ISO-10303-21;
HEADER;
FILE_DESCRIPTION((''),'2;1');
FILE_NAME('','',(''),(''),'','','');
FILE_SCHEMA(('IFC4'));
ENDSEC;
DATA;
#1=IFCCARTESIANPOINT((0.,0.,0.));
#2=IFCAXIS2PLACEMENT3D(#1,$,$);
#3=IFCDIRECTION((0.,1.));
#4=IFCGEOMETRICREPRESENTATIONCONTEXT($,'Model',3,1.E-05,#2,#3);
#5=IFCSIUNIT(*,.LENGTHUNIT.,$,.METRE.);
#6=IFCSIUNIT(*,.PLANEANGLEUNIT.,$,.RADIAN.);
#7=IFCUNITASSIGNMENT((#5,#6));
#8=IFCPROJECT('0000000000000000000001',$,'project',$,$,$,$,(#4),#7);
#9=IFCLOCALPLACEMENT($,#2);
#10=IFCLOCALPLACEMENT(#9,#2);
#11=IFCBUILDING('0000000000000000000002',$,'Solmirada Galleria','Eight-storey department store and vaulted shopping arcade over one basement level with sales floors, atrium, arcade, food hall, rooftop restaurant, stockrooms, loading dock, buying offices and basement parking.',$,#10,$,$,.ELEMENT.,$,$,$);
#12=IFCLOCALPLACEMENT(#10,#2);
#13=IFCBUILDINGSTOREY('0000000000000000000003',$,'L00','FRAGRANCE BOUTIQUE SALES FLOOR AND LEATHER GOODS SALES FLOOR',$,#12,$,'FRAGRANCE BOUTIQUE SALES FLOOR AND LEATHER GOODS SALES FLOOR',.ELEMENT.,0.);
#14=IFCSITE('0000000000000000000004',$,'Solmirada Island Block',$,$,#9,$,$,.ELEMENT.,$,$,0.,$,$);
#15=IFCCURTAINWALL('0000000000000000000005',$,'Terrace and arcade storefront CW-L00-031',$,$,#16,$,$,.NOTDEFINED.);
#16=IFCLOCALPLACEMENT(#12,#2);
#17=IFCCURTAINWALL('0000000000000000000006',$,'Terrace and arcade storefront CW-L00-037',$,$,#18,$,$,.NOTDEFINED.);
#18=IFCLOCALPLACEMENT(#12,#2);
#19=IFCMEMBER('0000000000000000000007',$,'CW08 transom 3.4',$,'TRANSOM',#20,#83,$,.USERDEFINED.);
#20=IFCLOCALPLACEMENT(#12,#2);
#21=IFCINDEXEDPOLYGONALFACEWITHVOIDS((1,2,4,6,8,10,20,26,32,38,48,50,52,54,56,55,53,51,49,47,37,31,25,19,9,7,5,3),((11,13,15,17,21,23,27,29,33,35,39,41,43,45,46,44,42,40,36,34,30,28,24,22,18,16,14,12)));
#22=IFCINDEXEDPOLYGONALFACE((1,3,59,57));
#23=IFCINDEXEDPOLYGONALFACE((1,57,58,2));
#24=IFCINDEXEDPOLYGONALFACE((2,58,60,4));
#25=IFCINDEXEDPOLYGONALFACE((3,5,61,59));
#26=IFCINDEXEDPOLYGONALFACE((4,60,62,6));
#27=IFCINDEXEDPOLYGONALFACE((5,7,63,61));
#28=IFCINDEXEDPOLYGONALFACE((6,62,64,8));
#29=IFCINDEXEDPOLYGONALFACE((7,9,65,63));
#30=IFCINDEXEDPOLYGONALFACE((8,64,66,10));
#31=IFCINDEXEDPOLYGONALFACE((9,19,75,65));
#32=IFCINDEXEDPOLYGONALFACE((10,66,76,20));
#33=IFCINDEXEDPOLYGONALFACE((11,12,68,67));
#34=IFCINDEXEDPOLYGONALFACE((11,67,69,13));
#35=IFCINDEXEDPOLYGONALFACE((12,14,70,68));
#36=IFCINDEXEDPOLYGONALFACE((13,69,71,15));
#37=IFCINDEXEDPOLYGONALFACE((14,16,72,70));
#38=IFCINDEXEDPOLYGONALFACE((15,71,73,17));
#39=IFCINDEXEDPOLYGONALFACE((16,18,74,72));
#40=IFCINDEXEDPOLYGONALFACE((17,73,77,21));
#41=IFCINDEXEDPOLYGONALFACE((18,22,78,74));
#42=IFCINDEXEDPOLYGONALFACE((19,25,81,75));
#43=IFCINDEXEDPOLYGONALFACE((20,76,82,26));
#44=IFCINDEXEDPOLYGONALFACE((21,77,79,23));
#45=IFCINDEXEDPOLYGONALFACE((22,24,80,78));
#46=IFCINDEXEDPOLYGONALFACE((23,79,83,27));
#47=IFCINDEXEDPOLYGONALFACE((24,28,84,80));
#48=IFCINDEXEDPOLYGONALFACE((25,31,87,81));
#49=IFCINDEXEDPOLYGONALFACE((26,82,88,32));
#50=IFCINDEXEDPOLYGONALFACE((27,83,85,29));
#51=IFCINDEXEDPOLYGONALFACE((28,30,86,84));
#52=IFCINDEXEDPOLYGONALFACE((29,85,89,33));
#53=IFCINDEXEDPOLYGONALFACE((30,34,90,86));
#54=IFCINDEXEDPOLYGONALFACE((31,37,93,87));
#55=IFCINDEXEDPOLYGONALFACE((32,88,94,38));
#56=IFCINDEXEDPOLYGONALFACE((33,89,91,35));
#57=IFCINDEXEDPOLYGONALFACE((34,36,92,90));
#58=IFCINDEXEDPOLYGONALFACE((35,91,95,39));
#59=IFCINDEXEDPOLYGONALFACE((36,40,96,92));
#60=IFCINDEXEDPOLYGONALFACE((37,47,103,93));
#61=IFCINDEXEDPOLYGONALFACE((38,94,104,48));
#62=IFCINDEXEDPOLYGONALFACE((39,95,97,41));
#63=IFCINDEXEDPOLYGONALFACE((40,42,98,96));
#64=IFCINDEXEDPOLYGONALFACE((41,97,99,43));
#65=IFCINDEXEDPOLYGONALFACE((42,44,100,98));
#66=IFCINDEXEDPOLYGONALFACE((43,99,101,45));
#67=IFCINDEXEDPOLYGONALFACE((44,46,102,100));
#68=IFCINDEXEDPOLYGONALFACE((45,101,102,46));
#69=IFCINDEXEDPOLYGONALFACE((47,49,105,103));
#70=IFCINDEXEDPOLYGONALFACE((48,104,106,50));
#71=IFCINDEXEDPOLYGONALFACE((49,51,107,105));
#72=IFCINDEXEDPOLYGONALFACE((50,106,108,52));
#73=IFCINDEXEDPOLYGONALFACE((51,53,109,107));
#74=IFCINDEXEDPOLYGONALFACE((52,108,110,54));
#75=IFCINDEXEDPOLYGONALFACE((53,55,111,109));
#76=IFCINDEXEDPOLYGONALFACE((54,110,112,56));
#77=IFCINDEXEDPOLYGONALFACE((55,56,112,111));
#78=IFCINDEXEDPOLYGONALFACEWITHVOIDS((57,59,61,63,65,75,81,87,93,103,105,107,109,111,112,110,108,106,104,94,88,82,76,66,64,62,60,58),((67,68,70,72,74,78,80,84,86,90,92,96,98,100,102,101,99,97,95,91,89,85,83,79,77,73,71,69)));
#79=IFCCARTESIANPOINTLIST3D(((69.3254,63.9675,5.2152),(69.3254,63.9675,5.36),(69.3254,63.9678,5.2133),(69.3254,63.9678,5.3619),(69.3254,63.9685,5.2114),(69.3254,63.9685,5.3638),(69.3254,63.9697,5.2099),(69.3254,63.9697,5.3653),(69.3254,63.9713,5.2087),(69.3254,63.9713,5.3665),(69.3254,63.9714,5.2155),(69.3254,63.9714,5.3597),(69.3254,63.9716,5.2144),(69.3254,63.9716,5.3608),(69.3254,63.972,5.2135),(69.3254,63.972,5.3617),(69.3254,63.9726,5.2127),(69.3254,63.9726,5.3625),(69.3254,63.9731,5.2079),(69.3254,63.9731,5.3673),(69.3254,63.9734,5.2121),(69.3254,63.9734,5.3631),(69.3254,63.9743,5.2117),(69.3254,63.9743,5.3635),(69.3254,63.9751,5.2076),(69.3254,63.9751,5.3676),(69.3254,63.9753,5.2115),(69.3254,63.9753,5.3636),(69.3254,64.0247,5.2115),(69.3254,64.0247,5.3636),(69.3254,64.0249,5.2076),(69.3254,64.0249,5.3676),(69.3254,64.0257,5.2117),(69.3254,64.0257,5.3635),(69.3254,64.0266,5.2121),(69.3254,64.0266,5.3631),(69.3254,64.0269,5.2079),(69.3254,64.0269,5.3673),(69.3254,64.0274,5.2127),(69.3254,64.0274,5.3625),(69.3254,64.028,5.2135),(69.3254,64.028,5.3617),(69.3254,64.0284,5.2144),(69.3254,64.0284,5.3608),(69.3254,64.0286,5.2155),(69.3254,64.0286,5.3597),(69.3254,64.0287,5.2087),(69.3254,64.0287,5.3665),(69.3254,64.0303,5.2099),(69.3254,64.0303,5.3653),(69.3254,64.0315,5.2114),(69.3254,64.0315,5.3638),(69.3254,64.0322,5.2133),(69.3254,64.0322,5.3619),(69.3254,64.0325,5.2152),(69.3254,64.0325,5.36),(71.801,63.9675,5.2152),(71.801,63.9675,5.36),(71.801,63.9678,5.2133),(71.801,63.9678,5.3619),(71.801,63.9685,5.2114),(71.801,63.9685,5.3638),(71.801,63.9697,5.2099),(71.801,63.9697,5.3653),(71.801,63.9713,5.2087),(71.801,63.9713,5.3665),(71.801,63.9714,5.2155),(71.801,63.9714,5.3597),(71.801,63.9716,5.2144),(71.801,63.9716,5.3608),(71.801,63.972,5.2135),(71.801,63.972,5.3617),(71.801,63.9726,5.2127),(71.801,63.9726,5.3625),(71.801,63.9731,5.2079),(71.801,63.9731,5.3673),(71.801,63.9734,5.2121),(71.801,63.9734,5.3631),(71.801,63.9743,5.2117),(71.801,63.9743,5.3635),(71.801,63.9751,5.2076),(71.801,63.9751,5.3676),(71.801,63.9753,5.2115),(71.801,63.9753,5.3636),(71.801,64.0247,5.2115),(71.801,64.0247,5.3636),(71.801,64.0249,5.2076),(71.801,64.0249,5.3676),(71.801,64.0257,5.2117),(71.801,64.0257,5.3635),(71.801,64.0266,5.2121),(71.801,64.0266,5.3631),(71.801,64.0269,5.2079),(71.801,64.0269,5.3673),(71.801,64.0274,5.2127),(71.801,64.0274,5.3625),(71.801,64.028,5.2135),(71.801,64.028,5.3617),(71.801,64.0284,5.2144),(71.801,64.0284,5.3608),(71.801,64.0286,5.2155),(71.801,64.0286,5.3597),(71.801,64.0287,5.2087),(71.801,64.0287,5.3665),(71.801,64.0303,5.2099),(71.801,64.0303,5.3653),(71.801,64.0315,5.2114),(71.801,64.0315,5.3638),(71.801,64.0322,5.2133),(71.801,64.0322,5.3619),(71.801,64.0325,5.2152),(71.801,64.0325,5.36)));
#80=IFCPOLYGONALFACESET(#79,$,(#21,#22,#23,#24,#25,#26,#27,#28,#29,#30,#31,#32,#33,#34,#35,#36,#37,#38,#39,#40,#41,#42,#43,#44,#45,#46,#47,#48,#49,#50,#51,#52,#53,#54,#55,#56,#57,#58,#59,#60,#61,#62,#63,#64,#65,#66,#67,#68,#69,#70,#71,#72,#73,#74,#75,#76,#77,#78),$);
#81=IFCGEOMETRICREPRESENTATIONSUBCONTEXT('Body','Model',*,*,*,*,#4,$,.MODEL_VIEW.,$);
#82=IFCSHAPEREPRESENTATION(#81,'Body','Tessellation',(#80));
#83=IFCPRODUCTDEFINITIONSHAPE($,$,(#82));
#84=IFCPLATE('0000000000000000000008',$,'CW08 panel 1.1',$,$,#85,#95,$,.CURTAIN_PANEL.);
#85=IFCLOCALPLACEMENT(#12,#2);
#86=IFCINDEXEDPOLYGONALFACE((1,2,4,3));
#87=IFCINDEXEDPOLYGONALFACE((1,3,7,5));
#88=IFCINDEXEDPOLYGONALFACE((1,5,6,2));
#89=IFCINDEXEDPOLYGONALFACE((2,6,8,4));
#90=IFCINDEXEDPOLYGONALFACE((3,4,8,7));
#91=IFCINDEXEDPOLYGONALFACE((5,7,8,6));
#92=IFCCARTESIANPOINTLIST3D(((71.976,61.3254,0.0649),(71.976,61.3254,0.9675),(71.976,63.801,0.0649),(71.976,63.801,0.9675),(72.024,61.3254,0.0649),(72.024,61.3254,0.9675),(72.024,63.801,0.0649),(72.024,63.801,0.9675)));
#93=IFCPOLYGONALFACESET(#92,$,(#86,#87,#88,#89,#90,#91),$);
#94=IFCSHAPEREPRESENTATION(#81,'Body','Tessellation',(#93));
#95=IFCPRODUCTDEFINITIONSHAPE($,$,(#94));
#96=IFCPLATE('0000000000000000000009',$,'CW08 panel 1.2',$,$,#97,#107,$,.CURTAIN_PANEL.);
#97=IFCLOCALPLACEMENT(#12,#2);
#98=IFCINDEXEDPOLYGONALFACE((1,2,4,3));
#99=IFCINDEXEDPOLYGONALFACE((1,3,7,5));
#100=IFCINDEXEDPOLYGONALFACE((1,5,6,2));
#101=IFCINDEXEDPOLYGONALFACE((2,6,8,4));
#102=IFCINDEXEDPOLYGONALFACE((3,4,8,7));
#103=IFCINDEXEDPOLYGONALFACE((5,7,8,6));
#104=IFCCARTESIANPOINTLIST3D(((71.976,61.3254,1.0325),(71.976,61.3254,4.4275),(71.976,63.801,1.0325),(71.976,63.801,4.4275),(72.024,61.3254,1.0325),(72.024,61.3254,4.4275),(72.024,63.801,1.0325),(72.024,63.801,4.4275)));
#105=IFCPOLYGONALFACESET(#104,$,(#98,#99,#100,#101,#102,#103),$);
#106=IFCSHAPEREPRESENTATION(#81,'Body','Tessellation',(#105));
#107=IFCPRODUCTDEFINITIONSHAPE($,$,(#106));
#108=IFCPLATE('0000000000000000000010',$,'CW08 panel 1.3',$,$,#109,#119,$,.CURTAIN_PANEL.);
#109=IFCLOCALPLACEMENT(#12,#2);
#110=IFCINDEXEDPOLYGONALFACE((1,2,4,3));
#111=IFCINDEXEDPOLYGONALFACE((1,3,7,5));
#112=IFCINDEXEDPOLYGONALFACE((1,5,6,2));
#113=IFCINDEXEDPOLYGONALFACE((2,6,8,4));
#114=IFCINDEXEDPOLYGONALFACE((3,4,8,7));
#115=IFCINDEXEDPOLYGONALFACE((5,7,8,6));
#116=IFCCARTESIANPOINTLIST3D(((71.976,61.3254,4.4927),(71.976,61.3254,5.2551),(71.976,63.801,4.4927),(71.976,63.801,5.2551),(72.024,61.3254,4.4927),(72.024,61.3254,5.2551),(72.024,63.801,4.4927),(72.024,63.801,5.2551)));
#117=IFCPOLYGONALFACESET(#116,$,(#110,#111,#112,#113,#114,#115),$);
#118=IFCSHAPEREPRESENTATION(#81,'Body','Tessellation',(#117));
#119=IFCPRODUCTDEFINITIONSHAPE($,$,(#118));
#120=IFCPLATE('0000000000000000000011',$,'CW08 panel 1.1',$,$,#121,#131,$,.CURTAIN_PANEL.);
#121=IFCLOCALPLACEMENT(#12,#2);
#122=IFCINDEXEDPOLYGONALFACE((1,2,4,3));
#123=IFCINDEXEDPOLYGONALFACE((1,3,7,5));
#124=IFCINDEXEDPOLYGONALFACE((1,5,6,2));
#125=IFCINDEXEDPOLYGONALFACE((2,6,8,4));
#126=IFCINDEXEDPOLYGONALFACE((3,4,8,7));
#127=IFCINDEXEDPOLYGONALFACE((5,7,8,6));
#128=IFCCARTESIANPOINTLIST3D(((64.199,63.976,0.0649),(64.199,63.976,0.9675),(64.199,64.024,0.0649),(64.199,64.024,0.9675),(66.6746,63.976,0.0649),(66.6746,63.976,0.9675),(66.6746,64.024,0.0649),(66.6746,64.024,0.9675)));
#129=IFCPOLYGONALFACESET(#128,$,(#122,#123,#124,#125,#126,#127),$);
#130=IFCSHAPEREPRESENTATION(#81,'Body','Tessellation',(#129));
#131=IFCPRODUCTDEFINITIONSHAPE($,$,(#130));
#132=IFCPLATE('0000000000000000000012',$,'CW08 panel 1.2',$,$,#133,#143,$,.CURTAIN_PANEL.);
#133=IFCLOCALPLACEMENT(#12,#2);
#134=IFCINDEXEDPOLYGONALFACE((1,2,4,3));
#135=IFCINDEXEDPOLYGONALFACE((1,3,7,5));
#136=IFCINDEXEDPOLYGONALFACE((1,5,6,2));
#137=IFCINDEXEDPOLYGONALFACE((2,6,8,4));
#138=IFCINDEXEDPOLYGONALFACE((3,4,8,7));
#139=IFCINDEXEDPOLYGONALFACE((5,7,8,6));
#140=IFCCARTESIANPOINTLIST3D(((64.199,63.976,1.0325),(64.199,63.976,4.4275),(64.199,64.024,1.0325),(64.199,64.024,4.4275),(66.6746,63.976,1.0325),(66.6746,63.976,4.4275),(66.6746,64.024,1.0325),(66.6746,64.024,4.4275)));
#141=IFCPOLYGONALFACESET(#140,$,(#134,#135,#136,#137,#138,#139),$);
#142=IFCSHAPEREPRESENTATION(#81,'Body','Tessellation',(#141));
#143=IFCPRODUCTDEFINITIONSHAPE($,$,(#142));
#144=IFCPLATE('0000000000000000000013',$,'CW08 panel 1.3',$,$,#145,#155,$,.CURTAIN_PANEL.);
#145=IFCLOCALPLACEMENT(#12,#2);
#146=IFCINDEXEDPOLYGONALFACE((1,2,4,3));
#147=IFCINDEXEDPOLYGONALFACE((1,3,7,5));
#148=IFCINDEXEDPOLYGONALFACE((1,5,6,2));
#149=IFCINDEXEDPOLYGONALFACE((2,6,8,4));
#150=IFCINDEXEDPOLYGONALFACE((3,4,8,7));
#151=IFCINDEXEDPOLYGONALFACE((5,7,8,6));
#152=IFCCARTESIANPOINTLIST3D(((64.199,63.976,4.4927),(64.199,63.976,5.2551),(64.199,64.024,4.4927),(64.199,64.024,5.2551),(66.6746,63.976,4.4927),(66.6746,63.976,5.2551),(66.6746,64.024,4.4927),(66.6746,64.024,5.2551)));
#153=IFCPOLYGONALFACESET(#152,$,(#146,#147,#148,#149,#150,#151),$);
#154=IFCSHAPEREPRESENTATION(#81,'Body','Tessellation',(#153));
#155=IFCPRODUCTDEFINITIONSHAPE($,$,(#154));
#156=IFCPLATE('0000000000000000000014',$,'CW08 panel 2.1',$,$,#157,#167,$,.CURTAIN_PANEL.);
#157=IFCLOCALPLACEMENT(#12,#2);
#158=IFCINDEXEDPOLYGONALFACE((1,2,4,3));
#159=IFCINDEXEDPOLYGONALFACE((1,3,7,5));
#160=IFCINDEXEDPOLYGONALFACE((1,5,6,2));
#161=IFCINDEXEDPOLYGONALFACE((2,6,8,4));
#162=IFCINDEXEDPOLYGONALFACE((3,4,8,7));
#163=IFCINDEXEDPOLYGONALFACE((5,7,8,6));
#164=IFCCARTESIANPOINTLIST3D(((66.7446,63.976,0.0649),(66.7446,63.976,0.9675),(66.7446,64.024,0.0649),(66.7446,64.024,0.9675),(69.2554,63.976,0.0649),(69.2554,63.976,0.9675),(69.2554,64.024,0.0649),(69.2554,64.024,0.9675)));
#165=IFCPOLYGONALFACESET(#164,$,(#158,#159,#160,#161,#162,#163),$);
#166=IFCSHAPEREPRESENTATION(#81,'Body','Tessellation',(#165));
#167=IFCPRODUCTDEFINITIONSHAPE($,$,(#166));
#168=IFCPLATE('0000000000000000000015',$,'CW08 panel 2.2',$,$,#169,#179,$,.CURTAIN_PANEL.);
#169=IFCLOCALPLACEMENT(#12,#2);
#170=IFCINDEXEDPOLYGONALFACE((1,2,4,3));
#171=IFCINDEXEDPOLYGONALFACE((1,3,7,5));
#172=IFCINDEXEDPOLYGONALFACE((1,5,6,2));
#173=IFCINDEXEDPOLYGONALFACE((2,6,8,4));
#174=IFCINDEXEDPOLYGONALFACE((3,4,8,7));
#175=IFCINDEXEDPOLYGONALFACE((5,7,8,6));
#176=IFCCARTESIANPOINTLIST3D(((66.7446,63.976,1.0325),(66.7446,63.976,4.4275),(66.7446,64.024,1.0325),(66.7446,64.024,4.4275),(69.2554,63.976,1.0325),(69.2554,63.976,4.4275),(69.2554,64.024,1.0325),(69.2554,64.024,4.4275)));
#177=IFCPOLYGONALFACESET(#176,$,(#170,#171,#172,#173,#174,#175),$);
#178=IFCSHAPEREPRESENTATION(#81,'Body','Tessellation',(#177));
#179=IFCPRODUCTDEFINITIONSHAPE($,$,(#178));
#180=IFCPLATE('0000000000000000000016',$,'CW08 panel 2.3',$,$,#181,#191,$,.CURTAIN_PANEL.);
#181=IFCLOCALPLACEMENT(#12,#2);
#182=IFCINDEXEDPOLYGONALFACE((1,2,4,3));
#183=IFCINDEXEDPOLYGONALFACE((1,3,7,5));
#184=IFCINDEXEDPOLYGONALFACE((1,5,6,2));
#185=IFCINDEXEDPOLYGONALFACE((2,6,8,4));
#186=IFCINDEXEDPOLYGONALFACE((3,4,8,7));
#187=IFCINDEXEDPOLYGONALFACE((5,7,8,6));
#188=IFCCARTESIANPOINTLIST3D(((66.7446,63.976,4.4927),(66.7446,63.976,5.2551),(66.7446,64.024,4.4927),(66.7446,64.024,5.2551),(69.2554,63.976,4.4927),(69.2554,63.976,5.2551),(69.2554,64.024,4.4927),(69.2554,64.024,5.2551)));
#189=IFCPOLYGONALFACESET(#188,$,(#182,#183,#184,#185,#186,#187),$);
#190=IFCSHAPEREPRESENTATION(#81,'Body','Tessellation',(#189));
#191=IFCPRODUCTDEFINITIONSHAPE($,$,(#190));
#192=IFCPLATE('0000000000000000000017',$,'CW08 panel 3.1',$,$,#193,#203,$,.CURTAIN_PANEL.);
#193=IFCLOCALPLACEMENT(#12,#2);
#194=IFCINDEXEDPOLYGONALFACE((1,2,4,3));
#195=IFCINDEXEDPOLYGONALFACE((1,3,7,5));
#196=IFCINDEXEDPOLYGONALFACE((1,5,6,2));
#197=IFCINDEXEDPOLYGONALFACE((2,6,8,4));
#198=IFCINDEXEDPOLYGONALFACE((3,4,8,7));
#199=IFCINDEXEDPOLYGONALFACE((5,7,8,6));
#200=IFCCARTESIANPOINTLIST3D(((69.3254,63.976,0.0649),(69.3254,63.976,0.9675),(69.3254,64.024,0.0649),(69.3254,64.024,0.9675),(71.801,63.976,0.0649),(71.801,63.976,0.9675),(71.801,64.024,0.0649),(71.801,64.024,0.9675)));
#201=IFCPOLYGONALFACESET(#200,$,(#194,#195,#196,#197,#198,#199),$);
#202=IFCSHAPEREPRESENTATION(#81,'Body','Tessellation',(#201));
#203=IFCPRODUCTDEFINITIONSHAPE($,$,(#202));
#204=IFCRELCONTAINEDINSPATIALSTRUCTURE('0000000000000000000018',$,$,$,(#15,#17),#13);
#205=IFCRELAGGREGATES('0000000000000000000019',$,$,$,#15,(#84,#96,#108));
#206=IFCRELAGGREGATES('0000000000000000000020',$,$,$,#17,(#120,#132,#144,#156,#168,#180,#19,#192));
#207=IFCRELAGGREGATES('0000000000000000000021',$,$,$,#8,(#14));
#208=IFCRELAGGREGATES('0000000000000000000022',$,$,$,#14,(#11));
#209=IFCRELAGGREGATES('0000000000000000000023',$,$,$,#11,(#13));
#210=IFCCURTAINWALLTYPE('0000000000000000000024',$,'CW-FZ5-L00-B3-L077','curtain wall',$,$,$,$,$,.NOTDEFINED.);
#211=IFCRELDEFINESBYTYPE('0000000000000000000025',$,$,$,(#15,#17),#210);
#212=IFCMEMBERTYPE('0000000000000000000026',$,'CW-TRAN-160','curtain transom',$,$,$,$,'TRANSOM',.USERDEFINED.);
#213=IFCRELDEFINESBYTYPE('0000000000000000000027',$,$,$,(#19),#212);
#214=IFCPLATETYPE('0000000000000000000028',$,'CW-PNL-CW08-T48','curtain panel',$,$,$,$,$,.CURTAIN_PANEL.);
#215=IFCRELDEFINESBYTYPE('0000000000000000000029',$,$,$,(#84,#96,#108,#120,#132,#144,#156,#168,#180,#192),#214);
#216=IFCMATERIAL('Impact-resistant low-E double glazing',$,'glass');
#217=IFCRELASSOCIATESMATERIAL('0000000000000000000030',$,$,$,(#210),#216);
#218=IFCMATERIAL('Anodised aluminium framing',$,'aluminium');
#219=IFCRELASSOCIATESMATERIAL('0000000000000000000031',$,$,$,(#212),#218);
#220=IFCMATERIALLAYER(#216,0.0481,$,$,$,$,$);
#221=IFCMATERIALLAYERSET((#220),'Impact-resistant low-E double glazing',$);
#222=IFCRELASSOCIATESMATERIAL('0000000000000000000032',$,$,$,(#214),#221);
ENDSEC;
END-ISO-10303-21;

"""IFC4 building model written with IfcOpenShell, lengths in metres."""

from ifc_helpers import new_model, si_unit, direction, frame, origin, origin_2d, place, context, subcontext, project, spatial, rectangle, hollow_rectangle, extrude, material, layer, layer_set, material_profile, profile_set, type_object, element, aggregate, save


model = new_model("IFC4")

# Units and contexts
model_context = context("Model", 3, precision=1e-05, world=origin(), true_north=direction((0.0, 1.0)))
body_context = subcontext(model_context, "Body", "Model", "MODEL_VIEW")
ifc_project = project(units=[si_unit("LENGTHUNIT", "METRE"), si_unit("PLANEANGLEUNIT", "RADIAN")], contexts=[model_context])

# Site, building, storey
site_placement = place(None, origin())
site = spatial("IfcSite", under=ifc_project, at=site_placement, Name="Solmirada Island Block", CompositionType="ELEMENT", RefElevation=0.0)
building_placement = place(site_placement, origin())
building = spatial("IfcBuilding", under=site, at=building_placement, Name="Solmirada Galleria", Description="Eight-storey department store and vaulted shopping arcade over one basement level with sales floors, atrium, arcade, food hall, rooftop restaurant, stockrooms, loading dock, buying offices and basement parking.", CompositionType="ELEMENT")
storey_placement = place(building_placement, origin())
storey = spatial("IfcBuildingStorey", under=building, at=storey_placement, Name="L00", Description="FRAGRANCE BOUTIQUE SALES FLOOR AND LEATHER GOODS SALES FLOOR", LongName="FRAGRANCE BOUTIQUE SALES FLOOR AND LEATHER GOODS SALES FLOOR", CompositionType="ELEMENT", Elevation=0.0)

# Curtain walls
ifc_material_1 = material(Name="Impact-resistant low-E double glazing", Category="glass")
curtain_wall_type = type_object("IfcCurtainWallType", Name="CW-FZ5-L00-B3-L077", Description="curtain wall", PredefinedType="NOTDEFINED", material=ifc_material_1)
curtain_wall_1_placement = place(storey_placement, origin())
curtain_wall_1 = element("IfcCurtainWall", 1, at=curtain_wall_1_placement, inside=storey, type_object=curtain_wall_type, Name="Terrace and arcade storefront CW-L00-031", PredefinedType="NOTDEFINED")
ifc_material_2 = material(Name="Anodised aluminium framing", Category="aluminium")
curtain_wall_2_placement = place(storey_placement, origin())
curtain_wall_2 = element("IfcCurtainWall", 2, at=curtain_wall_2_placement, inside=storey, type_object=curtain_wall_type, Name="Terrace and arcade storefront CW-L00-037", PredefinedType="NOTDEFINED")

# Member
ifc_material_profile_1 = material_profile(ifc_material_2, hollow_rectangle(XDim=0.0649, YDim=0.1599, WallThickness=0.0039, InnerFilletRadius=0.0039, OuterFilletRadius=0.0076, at=origin_2d()), Name="ALU-TRAN-160X65")
ifc_profile_set_1 = profile_set([ifc_material_profile_1], Name="Anodised aluminium framing")
member_type_1 = type_object("IfcMemberType", Name="CW-TRAN-160", Description="curtain transom", ElementType="TRANSOM", PredefinedType="USERDEFINED", material=ifc_profile_set_1)
member_1_placement = place(storey_placement, frame((69.3254, 64.0, 5.2876), z_axis=(1.0, 0.0, 0.0), x_axis=(0.0, 1.0, 0.0)))
member_1 = element("IfcMember", 3, at=member_1_placement, type_object=member_type_1, Name="CW08 transom 3.4", ObjectType="TRANSOM", PredefinedType="USERDEFINED", context=body_context, shape_type="SweptSolid", body=[
    extrude(hollow_rectangle(XDim=0.0649, YDim=0.1599, WallThickness=0.0039, InnerFilletRadius=0.0039, OuterFilletRadius=0.0076, at=origin_2d()), origin(), (0.0, 0.0, 1.0), 2.4756),
])

# Plates
ifc_layer = layer(ifc_material_1, 0.0481)
ifc_layer_set = layer_set([ifc_layer], Name="Impact-resistant low-E double glazing")
plate_type = type_object("IfcPlateType", Name="CW-PNL-CW08-T48", Description="curtain panel", PredefinedType="CURTAIN_PANEL", material=ifc_layer_set)
plate_1_placement = place(storey_placement, frame((72.0, 62.5632, 0.0649), z_axis=(0.0, 0.0, 1.0), x_axis=(0.0, -1.0, 0.0)))
plate_1 = element("IfcPlate", 4, at=plate_1_placement, type_object=plate_type, Name="CW08 panel 1.1", PredefinedType="CURTAIN_PANEL", context=body_context, shape_type="SweptSolid", body=[
    extrude(rectangle(XDim=2.4756, YDim=0.0481, at=origin_2d()), origin(), (0.0, 0.0, 1.0), 0.9026),
])
plate_2_placement = place(storey_placement, frame((72.0, 62.5632, 1.0325), z_axis=(0.0, 0.0, 1.0), x_axis=(0.0, -1.0, 0.0)))
plate_2 = element("IfcPlate", 5, at=plate_2_placement, type_object=plate_type, Name="CW08 panel 1.2", PredefinedType="CURTAIN_PANEL", context=body_context, shape_type="SweptSolid", body=[
    extrude(rectangle(XDim=2.4756, YDim=0.0481, at=origin_2d()), origin(), (0.0, 0.0, 1.0), 3.395),
])
plate_3_placement = place(storey_placement, frame((72.0, 62.5632, 4.4927), z_axis=(0.0, 0.0, 1.0), x_axis=(0.0, -1.0, 0.0)))
plate_3 = element("IfcPlate", 6, at=plate_3_placement, type_object=plate_type, Name="CW08 panel 1.3", PredefinedType="CURTAIN_PANEL", context=body_context, shape_type="SweptSolid", body=[
    extrude(rectangle(XDim=2.4756, YDim=0.0481, at=origin_2d()), origin(), (0.0, 0.0, 1.0), 0.7625),
])
aggregate(curtain_wall_1, [plate_1, plate_2, plate_3])
plate_4_placement = place(storey_placement, frame((65.4368, 64.0, 0.0649), z_axis=(0.0, 0.0, 1.0), x_axis=(1.0, 0.0, 0.0)))
plate_4 = element("IfcPlate", 7, at=plate_4_placement, type_object=plate_type, Name="CW08 panel 1.1", PredefinedType="CURTAIN_PANEL", context=body_context, shape_type="SweptSolid", body=[
    extrude(rectangle(XDim=2.4756, YDim=0.0481, at=origin_2d()), origin(), (0.0, 0.0, 1.0), 0.9026),
])
plate_5_placement = place(storey_placement, frame((65.4368, 64.0, 1.0325), z_axis=(0.0, 0.0, 1.0), x_axis=(1.0, 0.0, 0.0)))
plate_5 = element("IfcPlate", 8, at=plate_5_placement, type_object=plate_type, Name="CW08 panel 1.2", PredefinedType="CURTAIN_PANEL", context=body_context, shape_type="SweptSolid", body=[
    extrude(rectangle(XDim=2.4756, YDim=0.0481, at=origin_2d()), origin(), (0.0, 0.0, 1.0), 3.395),
])
plate_6_placement = place(storey_placement, frame((65.4368, 64.0, 4.4927), z_axis=(0.0, 0.0, 1.0), x_axis=(1.0, 0.0, 0.0)))
plate_6 = element("IfcPlate", 9, at=plate_6_placement, type_object=plate_type, Name="CW08 panel 1.3", PredefinedType="CURTAIN_PANEL", context=body_context, shape_type="SweptSolid", body=[
    extrude(rectangle(XDim=2.4756, YDim=0.0481, at=origin_2d()), origin(), (0.0, 0.0, 1.0), 0.7625),
])
plate_7_placement = place(storey_placement, frame((68.0, 64.0, 0.0649), z_axis=(0.0, 0.0, 1.0), x_axis=(1.0, 0.0, 0.0)))
plate_7 = element("IfcPlate", 10, at=plate_7_placement, type_object=plate_type, Name="CW08 panel 2.1", PredefinedType="CURTAIN_PANEL", context=body_context, shape_type="SweptSolid", body=[
    extrude(rectangle(XDim=2.5107, YDim=0.0481, at=origin_2d()), origin(), (0.0, 0.0, 1.0), 0.9026),
])
plate_8_placement = place(storey_placement, frame((68.0, 64.0, 1.0325), z_axis=(0.0, 0.0, 1.0), x_axis=(1.0, 0.0, 0.0)))
plate_8 = element("IfcPlate", 11, at=plate_8_placement, type_object=plate_type, Name="CW08 panel 2.2", PredefinedType="CURTAIN_PANEL", context=body_context, shape_type="SweptSolid", body=[
    extrude(rectangle(XDim=2.5107, YDim=0.0481, at=origin_2d()), origin(), (0.0, 0.0, 1.0), 3.395),
])
plate_9_placement = place(storey_placement, frame((68.0, 64.0, 4.4927), z_axis=(0.0, 0.0, 1.0), x_axis=(1.0, 0.0, 0.0)))
plate_9 = element("IfcPlate", 12, at=plate_9_placement, type_object=plate_type, Name="CW08 panel 2.3", PredefinedType="CURTAIN_PANEL", context=body_context, shape_type="SweptSolid", body=[
    extrude(rectangle(XDim=2.5107, YDim=0.0481, at=origin_2d()), origin(), (0.0, 0.0, 1.0), 0.7625),
])
plate_10_placement = place(storey_placement, frame((70.5632, 64.0, 0.0649), z_axis=(0.0, 0.0, 1.0), x_axis=(1.0, 0.0, 0.0)))
plate_10 = element("IfcPlate", 13, at=plate_10_placement, type_object=plate_type, Name="CW08 panel 3.1", PredefinedType="CURTAIN_PANEL", context=body_context, shape_type="SweptSolid", body=[
    extrude(rectangle(XDim=2.4756, YDim=0.0481, at=origin_2d()), origin(), (0.0, 0.0, 1.0), 0.9026),
])
aggregate(curtain_wall_2, [plate_4, plate_5, plate_6, plate_7, plate_8, plate_9, member_1, plate_10])

save(model, "model.ifc")
